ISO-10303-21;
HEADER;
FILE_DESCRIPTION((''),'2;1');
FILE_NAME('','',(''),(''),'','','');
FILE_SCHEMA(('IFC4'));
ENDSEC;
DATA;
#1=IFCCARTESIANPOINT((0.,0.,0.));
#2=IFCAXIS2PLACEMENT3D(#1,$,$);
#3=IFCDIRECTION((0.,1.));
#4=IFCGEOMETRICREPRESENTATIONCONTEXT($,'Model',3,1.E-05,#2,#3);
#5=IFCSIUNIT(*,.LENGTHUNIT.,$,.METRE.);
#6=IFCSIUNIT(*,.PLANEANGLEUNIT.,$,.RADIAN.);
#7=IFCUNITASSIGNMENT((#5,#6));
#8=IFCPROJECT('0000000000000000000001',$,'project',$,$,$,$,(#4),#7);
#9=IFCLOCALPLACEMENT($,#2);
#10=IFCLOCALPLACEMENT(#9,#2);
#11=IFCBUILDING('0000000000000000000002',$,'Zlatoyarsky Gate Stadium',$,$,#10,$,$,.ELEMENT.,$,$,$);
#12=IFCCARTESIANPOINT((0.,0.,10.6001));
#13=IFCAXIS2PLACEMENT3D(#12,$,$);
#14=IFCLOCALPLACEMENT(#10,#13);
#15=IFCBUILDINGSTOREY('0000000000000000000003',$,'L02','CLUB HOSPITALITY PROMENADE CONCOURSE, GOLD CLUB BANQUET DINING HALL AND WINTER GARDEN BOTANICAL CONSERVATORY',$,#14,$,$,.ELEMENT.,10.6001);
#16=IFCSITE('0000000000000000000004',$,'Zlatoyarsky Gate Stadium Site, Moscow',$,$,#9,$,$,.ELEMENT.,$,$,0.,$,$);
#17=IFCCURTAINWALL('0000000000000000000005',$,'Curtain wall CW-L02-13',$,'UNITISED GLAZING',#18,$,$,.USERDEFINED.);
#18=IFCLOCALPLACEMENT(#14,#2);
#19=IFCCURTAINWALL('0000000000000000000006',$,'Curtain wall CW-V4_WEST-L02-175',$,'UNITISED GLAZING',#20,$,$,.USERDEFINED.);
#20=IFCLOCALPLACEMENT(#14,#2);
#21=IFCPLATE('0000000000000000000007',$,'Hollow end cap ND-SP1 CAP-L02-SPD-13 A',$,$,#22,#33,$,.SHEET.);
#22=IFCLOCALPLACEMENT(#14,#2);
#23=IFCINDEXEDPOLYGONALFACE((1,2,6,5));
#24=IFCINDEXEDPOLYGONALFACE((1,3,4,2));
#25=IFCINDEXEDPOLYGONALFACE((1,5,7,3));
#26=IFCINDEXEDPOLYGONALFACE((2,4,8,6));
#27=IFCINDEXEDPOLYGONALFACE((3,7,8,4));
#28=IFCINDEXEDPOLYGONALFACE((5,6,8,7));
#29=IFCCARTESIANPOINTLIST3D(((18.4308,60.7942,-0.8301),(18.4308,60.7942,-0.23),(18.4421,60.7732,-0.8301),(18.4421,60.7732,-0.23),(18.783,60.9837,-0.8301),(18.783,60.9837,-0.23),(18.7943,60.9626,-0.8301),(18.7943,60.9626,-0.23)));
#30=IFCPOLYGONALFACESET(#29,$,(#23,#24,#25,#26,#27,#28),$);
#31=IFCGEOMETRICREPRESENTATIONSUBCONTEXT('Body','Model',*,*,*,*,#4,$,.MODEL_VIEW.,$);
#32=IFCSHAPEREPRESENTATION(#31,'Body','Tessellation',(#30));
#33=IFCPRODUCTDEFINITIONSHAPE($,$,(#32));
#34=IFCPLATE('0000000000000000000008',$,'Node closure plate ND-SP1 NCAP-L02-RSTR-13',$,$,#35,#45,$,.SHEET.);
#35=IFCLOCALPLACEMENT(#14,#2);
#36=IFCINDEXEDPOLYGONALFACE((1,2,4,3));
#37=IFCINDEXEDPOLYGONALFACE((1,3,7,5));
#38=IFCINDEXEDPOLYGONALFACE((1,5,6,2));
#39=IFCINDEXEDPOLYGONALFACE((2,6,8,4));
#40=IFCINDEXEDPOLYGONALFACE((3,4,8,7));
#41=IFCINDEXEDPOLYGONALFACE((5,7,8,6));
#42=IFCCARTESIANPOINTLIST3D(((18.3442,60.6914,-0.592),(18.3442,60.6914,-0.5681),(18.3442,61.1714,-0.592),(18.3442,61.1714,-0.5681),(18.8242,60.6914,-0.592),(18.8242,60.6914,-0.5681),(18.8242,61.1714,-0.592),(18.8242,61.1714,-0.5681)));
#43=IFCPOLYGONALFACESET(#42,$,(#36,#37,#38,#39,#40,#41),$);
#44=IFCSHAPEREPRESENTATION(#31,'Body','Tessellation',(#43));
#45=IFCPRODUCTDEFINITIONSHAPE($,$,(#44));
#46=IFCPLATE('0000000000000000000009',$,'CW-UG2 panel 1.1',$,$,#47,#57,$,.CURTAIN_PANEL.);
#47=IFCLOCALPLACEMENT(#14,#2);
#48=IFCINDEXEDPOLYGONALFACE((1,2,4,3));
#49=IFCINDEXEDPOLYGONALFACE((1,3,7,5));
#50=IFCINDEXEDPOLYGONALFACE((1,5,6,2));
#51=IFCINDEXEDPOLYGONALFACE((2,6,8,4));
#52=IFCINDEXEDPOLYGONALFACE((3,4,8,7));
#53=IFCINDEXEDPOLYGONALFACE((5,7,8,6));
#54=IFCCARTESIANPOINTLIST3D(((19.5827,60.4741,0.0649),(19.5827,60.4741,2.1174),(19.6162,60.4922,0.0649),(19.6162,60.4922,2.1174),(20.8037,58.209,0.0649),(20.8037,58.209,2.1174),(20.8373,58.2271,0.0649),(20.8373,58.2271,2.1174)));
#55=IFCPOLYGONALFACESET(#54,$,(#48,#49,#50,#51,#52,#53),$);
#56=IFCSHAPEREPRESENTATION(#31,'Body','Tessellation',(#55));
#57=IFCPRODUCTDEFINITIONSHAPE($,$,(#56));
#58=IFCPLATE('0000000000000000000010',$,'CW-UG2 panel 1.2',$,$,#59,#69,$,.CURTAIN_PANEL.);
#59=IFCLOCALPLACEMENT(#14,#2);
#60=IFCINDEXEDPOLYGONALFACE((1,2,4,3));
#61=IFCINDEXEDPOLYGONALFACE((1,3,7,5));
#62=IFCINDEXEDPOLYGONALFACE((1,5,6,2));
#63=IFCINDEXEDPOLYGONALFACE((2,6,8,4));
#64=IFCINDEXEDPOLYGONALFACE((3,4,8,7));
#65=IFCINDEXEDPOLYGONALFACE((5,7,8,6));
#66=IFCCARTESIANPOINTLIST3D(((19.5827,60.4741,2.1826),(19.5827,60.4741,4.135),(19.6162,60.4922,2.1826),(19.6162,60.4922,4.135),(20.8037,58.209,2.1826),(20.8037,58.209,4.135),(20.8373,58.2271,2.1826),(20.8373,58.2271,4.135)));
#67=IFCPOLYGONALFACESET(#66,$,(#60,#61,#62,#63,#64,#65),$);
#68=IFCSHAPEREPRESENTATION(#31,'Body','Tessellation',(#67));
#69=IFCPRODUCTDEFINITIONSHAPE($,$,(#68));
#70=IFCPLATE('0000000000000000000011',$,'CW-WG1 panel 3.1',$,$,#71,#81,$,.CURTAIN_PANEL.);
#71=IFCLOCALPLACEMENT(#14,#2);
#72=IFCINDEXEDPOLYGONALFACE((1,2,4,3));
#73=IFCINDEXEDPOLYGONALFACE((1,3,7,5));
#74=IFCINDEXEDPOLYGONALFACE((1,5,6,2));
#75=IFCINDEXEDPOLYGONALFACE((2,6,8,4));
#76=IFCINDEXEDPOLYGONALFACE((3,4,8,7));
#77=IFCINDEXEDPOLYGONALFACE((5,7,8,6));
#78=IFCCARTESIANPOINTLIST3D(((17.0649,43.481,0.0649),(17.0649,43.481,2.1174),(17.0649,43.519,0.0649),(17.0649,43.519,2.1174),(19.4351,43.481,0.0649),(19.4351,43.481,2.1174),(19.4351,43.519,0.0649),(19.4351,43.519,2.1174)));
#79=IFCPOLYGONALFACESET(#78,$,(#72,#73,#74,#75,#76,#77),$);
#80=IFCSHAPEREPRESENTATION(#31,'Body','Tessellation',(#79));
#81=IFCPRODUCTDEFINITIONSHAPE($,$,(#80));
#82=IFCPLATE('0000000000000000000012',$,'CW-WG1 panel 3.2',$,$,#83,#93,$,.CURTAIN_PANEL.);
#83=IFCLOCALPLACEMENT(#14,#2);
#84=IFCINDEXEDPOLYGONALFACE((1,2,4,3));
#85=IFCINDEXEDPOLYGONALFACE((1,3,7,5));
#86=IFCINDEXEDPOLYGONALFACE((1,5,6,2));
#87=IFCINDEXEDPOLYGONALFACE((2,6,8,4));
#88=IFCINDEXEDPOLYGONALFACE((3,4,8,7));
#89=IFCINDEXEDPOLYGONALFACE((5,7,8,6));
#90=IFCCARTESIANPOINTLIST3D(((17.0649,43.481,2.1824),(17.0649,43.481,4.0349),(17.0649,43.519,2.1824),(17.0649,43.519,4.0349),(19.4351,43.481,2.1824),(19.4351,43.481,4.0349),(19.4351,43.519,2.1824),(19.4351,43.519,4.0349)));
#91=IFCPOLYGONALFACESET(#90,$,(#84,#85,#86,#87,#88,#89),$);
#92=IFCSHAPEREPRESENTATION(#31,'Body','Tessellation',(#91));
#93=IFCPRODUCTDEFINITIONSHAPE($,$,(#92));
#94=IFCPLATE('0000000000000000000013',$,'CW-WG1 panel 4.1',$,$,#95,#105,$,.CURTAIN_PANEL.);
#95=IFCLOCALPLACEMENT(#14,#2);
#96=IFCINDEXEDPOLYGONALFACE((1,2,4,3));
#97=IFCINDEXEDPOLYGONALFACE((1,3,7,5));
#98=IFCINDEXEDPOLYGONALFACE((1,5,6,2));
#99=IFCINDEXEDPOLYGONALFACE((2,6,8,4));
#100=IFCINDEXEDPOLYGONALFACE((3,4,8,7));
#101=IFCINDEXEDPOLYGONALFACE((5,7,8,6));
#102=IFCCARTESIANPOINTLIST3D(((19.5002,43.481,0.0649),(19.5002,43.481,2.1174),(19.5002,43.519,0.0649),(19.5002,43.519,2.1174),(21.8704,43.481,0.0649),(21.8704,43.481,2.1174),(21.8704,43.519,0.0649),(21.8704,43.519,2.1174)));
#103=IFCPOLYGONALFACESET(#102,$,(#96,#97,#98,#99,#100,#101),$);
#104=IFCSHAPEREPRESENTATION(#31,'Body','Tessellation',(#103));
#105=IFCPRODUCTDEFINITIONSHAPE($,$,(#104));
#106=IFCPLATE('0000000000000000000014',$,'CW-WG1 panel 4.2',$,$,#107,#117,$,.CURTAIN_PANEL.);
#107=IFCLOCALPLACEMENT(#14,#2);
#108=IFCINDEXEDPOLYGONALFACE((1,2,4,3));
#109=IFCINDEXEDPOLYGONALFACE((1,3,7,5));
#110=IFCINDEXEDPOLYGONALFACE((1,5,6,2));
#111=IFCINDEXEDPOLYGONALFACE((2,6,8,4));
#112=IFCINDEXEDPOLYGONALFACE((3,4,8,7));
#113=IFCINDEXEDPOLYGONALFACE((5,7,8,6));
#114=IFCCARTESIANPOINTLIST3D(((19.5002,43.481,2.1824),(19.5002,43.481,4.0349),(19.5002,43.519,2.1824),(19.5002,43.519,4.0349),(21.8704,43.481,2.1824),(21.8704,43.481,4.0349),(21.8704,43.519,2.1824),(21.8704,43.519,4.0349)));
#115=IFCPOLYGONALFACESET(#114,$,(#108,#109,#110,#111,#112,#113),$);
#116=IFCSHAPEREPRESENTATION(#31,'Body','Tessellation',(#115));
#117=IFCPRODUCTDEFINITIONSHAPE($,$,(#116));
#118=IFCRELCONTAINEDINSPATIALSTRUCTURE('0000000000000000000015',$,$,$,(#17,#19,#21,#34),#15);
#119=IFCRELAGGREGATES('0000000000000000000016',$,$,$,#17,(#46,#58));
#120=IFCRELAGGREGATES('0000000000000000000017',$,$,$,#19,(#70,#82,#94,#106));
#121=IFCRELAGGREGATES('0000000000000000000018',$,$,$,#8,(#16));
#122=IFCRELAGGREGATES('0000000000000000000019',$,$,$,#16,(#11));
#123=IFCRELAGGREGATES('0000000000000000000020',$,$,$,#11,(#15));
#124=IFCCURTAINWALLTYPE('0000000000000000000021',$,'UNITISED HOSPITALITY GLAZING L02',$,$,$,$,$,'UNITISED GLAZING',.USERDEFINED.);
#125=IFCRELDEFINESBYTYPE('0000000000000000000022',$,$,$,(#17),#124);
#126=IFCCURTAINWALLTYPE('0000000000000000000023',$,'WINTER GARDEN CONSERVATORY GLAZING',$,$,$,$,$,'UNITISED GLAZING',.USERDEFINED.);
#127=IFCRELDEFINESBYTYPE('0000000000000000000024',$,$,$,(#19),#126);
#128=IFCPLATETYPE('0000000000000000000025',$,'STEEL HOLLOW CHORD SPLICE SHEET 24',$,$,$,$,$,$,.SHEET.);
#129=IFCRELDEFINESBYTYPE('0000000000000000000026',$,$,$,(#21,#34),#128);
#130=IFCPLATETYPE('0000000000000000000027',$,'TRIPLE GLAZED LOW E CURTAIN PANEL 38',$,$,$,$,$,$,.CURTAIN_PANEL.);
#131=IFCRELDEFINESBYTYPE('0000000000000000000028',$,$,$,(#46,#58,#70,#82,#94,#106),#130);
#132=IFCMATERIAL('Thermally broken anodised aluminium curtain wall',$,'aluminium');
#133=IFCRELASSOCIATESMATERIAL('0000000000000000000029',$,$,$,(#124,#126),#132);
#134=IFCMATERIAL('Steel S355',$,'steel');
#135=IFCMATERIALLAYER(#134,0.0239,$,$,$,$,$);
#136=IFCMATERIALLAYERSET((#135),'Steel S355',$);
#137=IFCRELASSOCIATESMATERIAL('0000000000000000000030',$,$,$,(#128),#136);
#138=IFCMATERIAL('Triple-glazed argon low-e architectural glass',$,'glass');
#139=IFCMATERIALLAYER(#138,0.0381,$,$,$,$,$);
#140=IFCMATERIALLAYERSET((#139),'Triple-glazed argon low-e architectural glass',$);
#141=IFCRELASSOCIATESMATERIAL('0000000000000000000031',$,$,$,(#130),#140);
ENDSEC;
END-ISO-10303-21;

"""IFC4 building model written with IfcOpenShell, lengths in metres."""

from ifc_helpers import new_model, si_unit, direction, frame, origin, origin_2d, place, context, subcontext, project, spatial, rectangle, extrude, material, layer, layer_set, type_object, element, aggregate, save


model = new_model("IFC4")

# Units and contexts
model_context = context("Model", 3, precision=1e-05, world=origin(), true_north=direction((0.0, 1.0)))
body_context = subcontext(model_context, "Body", "Model", "MODEL_VIEW")
ifc_project = project(units=[si_unit("LENGTHUNIT", "METRE"), si_unit("PLANEANGLEUNIT", "RADIAN")], contexts=[model_context])

# Site, building, storey
site_placement = place(None, origin())
site = spatial("IfcSite", under=ifc_project, at=site_placement, Name="Zlatoyarsky Gate Stadium Site, Moscow", CompositionType="ELEMENT", RefElevation=0.0)
building_placement = place(site_placement, origin())
building = spatial("IfcBuilding", under=site, at=building_placement, Name="Zlatoyarsky Gate Stadium", CompositionType="ELEMENT")
storey_placement = place(building_placement, frame((0.0, 0.0, 10.6001)))
storey = spatial("IfcBuildingStorey", under=building, at=storey_placement, Name="L02", Description="CLUB HOSPITALITY PROMENADE CONCOURSE, GOLD CLUB BANQUET DINING HALL AND WINTER GARDEN BOTANICAL CONSERVATORY", CompositionType="ELEMENT", Elevation=10.6001)

# Shared definitions
ifc_material_1 = material(Name="Steel S355", Category="steel")

# Curtain wall
ifc_material_2 = material(Name="Thermally broken anodised aluminium curtain wall", Category="aluminium")
curtain_wall_type_1 = type_object("IfcCurtainWallType", Name="UNITISED HOSPITALITY GLAZING L02", ElementType="UNITISED GLAZING", PredefinedType="USERDEFINED", material=ifc_material_2)
curtain_wall_1_placement = place(storey_placement, origin())
curtain_wall_1 = element("IfcCurtainWall", 1, at=curtain_wall_1_placement, inside=storey, type_object=curtain_wall_type_1, Name="Curtain wall CW-L02-13", ObjectType="UNITISED GLAZING", PredefinedType="USERDEFINED")

# Curtain wall
curtain_wall_type_2 = type_object("IfcCurtainWallType", Name="WINTER GARDEN CONSERVATORY GLAZING", ElementType="UNITISED GLAZING", PredefinedType="USERDEFINED", material=ifc_material_2)
curtain_wall_2_placement = place(storey_placement, origin())
curtain_wall_2 = element("IfcCurtainWall", 2, at=curtain_wall_2_placement, inside=storey, type_object=curtain_wall_type_2, Name="Curtain wall CW-V4_WEST-L02-175", ObjectType="UNITISED GLAZING", PredefinedType="USERDEFINED")

# Plates
ifc_layer_1 = layer(ifc_material_1, 0.0239)
ifc_layer_set_1 = layer_set([ifc_layer_1], Name="Steel S355")
plate_type_1 = type_object("IfcPlateType", Name="STEEL HOLLOW CHORD SPLICE SHEET 24", PredefinedType="SHEET", material=ifc_layer_set_1)
plate_1_placement = place(storey_placement, frame((18.6125, 60.8784, -0.8301), z_axis=(0.0, 0.0, 1.0), x_axis=(0.473714, -0.880679, 0.0)))
element("IfcPlate", 3, at=plate_1_placement, inside=storey, type_object=plate_type_1, Name="Hollow end cap ND-SP1 CAP-L02-SPD-13 A", PredefinedType="SHEET", context=body_context, shape_type="SweptSolid", body=[
    extrude(rectangle(XDim=0.0239, YDim=0.3999, at=origin_2d()), origin(), (0.0, 0.0, 1.0), 0.6001),
])
plate_2_placement = place(storey_placement, frame((18.5842, 60.9314, -0.592), z_axis=(0.0, 0.0, 1.0), x_axis=(1.0, 0.0, 0.0)))
element("IfcPlate", 4, at=plate_2_placement, inside=storey, type_object=plate_type_1, Name="Node closure plate ND-SP1 NCAP-L02-RSTR-13", PredefinedType="SHEET", context=body_context, shape_type="SweptSolid", body=[
    extrude(rectangle(XDim=0.48, YDim=0.48, at=origin_2d()), origin(), (0.0, 0.0, 1.0), 0.0239),
])

# Plates
ifc_material_3 = material(Name="Triple-glazed argon low-e architectural glass", Category="glass")
ifc_layer_2 = layer(ifc_material_3, 0.0381)
ifc_layer_set_2 = layer_set([ifc_layer_2], Name="Triple-glazed argon low-e architectural glass")
plate_type_2 = type_object("IfcPlateType", Name="TRIPLE GLAZED LOW E CURTAIN PANEL 38", PredefinedType="CURTAIN_PANEL", material=ifc_layer_set_2)
plate_3_placement = place(storey_placement, frame((20.21, 59.3506, 0.0649), z_axis=(0.0, 0.0, 1.0), x_axis=(0.474536, -0.880236, 0.0)))
plate_3 = element("IfcPlate", 5, at=plate_3_placement, type_object=plate_type_2, Name="CW-UG2 panel 1.1", PredefinedType="CURTAIN_PANEL", context=body_context, shape_type="SweptSolid", body=[
    extrude(rectangle(XDim=2.5732, YDim=0.0381, at=origin_2d()), origin(), (0.0, 0.0, 1.0), 2.0525),
])
plate_4_placement = place(storey_placement, frame((20.21, 59.3506, 2.1826), z_axis=(0.0, 0.0, 1.0), x_axis=(0.474536, -0.880236, 0.0)))
plate_4 = element("IfcPlate", 6, at=plate_4_placement, type_object=plate_type_2, Name="CW-UG2 panel 1.2", PredefinedType="CURTAIN_PANEL", context=body_context, shape_type="SweptSolid", body=[
    extrude(rectangle(XDim=2.5732, YDim=0.0381, at=origin_2d()), origin(), (0.0, 0.0, 1.0), 1.9524),
])
aggregate(curtain_wall_1, [plate_3, plate_4])
plate_5_placement = place(storey_placement, frame((18.25, 43.5, 0.0649), z_axis=(0.0, 0.0, 1.0), x_axis=(1.0, 0.0, 0.0)))
plate_5 = element("IfcPlate", 7, at=plate_5_placement, type_object=plate_type_2, Name="CW-WG1 panel 3.1", PredefinedType="CURTAIN_PANEL", context=body_context, shape_type="SweptSolid", body=[
    extrude(rectangle(XDim=2.3701, YDim=0.0381, at=origin_2d()), origin(), (0.0, 0.0, 1.0), 2.0525),
])
plate_6_placement = place(storey_placement, frame((18.25, 43.5, 2.1824), z_axis=(0.0, 0.0, 1.0), x_axis=(1.0, 0.0, 0.0)))
plate_6 = element("IfcPlate", 8, at=plate_6_placement, type_object=plate_type_2, Name="CW-WG1 panel 3.2", PredefinedType="CURTAIN_PANEL", context=body_context, shape_type="SweptSolid", body=[
    extrude(rectangle(XDim=2.3701, YDim=0.0381, at=origin_2d()), origin(), (0.0, 0.0, 1.0), 1.8525),
])
plate_7_placement = place(storey_placement, frame((20.6853, 43.5, 0.0649), z_axis=(0.0, 0.0, 1.0), x_axis=(1.0, 0.0, 0.0)))
plate_7 = element("IfcPlate", 9, at=plate_7_placement, type_object=plate_type_2, Name="CW-WG1 panel 4.1", PredefinedType="CURTAIN_PANEL", context=body_context, shape_type="SweptSolid", body=[
    extrude(rectangle(XDim=2.3701, YDim=0.0381, at=origin_2d()), origin(), (0.0, 0.0, 1.0), 2.0525),
])
plate_8_placement = place(storey_placement, frame((20.6853, 43.5, 2.1824), z_axis=(0.0, 0.0, 1.0), x_axis=(1.0, 0.0, 0.0)))
plate_8 = element("IfcPlate", 10, at=plate_8_placement, type_object=plate_type_2, Name="CW-WG1 panel 4.2", PredefinedType="CURTAIN_PANEL", context=body_context, shape_type="SweptSolid", body=[
    extrude(rectangle(XDim=2.3701, YDim=0.0381, at=origin_2d()), origin(), (0.0, 0.0, 1.0), 1.8525),
])
aggregate(curtain_wall_2, [plate_5, plate_6, plate_7, plate_8])

save(model, "model.ifc")
